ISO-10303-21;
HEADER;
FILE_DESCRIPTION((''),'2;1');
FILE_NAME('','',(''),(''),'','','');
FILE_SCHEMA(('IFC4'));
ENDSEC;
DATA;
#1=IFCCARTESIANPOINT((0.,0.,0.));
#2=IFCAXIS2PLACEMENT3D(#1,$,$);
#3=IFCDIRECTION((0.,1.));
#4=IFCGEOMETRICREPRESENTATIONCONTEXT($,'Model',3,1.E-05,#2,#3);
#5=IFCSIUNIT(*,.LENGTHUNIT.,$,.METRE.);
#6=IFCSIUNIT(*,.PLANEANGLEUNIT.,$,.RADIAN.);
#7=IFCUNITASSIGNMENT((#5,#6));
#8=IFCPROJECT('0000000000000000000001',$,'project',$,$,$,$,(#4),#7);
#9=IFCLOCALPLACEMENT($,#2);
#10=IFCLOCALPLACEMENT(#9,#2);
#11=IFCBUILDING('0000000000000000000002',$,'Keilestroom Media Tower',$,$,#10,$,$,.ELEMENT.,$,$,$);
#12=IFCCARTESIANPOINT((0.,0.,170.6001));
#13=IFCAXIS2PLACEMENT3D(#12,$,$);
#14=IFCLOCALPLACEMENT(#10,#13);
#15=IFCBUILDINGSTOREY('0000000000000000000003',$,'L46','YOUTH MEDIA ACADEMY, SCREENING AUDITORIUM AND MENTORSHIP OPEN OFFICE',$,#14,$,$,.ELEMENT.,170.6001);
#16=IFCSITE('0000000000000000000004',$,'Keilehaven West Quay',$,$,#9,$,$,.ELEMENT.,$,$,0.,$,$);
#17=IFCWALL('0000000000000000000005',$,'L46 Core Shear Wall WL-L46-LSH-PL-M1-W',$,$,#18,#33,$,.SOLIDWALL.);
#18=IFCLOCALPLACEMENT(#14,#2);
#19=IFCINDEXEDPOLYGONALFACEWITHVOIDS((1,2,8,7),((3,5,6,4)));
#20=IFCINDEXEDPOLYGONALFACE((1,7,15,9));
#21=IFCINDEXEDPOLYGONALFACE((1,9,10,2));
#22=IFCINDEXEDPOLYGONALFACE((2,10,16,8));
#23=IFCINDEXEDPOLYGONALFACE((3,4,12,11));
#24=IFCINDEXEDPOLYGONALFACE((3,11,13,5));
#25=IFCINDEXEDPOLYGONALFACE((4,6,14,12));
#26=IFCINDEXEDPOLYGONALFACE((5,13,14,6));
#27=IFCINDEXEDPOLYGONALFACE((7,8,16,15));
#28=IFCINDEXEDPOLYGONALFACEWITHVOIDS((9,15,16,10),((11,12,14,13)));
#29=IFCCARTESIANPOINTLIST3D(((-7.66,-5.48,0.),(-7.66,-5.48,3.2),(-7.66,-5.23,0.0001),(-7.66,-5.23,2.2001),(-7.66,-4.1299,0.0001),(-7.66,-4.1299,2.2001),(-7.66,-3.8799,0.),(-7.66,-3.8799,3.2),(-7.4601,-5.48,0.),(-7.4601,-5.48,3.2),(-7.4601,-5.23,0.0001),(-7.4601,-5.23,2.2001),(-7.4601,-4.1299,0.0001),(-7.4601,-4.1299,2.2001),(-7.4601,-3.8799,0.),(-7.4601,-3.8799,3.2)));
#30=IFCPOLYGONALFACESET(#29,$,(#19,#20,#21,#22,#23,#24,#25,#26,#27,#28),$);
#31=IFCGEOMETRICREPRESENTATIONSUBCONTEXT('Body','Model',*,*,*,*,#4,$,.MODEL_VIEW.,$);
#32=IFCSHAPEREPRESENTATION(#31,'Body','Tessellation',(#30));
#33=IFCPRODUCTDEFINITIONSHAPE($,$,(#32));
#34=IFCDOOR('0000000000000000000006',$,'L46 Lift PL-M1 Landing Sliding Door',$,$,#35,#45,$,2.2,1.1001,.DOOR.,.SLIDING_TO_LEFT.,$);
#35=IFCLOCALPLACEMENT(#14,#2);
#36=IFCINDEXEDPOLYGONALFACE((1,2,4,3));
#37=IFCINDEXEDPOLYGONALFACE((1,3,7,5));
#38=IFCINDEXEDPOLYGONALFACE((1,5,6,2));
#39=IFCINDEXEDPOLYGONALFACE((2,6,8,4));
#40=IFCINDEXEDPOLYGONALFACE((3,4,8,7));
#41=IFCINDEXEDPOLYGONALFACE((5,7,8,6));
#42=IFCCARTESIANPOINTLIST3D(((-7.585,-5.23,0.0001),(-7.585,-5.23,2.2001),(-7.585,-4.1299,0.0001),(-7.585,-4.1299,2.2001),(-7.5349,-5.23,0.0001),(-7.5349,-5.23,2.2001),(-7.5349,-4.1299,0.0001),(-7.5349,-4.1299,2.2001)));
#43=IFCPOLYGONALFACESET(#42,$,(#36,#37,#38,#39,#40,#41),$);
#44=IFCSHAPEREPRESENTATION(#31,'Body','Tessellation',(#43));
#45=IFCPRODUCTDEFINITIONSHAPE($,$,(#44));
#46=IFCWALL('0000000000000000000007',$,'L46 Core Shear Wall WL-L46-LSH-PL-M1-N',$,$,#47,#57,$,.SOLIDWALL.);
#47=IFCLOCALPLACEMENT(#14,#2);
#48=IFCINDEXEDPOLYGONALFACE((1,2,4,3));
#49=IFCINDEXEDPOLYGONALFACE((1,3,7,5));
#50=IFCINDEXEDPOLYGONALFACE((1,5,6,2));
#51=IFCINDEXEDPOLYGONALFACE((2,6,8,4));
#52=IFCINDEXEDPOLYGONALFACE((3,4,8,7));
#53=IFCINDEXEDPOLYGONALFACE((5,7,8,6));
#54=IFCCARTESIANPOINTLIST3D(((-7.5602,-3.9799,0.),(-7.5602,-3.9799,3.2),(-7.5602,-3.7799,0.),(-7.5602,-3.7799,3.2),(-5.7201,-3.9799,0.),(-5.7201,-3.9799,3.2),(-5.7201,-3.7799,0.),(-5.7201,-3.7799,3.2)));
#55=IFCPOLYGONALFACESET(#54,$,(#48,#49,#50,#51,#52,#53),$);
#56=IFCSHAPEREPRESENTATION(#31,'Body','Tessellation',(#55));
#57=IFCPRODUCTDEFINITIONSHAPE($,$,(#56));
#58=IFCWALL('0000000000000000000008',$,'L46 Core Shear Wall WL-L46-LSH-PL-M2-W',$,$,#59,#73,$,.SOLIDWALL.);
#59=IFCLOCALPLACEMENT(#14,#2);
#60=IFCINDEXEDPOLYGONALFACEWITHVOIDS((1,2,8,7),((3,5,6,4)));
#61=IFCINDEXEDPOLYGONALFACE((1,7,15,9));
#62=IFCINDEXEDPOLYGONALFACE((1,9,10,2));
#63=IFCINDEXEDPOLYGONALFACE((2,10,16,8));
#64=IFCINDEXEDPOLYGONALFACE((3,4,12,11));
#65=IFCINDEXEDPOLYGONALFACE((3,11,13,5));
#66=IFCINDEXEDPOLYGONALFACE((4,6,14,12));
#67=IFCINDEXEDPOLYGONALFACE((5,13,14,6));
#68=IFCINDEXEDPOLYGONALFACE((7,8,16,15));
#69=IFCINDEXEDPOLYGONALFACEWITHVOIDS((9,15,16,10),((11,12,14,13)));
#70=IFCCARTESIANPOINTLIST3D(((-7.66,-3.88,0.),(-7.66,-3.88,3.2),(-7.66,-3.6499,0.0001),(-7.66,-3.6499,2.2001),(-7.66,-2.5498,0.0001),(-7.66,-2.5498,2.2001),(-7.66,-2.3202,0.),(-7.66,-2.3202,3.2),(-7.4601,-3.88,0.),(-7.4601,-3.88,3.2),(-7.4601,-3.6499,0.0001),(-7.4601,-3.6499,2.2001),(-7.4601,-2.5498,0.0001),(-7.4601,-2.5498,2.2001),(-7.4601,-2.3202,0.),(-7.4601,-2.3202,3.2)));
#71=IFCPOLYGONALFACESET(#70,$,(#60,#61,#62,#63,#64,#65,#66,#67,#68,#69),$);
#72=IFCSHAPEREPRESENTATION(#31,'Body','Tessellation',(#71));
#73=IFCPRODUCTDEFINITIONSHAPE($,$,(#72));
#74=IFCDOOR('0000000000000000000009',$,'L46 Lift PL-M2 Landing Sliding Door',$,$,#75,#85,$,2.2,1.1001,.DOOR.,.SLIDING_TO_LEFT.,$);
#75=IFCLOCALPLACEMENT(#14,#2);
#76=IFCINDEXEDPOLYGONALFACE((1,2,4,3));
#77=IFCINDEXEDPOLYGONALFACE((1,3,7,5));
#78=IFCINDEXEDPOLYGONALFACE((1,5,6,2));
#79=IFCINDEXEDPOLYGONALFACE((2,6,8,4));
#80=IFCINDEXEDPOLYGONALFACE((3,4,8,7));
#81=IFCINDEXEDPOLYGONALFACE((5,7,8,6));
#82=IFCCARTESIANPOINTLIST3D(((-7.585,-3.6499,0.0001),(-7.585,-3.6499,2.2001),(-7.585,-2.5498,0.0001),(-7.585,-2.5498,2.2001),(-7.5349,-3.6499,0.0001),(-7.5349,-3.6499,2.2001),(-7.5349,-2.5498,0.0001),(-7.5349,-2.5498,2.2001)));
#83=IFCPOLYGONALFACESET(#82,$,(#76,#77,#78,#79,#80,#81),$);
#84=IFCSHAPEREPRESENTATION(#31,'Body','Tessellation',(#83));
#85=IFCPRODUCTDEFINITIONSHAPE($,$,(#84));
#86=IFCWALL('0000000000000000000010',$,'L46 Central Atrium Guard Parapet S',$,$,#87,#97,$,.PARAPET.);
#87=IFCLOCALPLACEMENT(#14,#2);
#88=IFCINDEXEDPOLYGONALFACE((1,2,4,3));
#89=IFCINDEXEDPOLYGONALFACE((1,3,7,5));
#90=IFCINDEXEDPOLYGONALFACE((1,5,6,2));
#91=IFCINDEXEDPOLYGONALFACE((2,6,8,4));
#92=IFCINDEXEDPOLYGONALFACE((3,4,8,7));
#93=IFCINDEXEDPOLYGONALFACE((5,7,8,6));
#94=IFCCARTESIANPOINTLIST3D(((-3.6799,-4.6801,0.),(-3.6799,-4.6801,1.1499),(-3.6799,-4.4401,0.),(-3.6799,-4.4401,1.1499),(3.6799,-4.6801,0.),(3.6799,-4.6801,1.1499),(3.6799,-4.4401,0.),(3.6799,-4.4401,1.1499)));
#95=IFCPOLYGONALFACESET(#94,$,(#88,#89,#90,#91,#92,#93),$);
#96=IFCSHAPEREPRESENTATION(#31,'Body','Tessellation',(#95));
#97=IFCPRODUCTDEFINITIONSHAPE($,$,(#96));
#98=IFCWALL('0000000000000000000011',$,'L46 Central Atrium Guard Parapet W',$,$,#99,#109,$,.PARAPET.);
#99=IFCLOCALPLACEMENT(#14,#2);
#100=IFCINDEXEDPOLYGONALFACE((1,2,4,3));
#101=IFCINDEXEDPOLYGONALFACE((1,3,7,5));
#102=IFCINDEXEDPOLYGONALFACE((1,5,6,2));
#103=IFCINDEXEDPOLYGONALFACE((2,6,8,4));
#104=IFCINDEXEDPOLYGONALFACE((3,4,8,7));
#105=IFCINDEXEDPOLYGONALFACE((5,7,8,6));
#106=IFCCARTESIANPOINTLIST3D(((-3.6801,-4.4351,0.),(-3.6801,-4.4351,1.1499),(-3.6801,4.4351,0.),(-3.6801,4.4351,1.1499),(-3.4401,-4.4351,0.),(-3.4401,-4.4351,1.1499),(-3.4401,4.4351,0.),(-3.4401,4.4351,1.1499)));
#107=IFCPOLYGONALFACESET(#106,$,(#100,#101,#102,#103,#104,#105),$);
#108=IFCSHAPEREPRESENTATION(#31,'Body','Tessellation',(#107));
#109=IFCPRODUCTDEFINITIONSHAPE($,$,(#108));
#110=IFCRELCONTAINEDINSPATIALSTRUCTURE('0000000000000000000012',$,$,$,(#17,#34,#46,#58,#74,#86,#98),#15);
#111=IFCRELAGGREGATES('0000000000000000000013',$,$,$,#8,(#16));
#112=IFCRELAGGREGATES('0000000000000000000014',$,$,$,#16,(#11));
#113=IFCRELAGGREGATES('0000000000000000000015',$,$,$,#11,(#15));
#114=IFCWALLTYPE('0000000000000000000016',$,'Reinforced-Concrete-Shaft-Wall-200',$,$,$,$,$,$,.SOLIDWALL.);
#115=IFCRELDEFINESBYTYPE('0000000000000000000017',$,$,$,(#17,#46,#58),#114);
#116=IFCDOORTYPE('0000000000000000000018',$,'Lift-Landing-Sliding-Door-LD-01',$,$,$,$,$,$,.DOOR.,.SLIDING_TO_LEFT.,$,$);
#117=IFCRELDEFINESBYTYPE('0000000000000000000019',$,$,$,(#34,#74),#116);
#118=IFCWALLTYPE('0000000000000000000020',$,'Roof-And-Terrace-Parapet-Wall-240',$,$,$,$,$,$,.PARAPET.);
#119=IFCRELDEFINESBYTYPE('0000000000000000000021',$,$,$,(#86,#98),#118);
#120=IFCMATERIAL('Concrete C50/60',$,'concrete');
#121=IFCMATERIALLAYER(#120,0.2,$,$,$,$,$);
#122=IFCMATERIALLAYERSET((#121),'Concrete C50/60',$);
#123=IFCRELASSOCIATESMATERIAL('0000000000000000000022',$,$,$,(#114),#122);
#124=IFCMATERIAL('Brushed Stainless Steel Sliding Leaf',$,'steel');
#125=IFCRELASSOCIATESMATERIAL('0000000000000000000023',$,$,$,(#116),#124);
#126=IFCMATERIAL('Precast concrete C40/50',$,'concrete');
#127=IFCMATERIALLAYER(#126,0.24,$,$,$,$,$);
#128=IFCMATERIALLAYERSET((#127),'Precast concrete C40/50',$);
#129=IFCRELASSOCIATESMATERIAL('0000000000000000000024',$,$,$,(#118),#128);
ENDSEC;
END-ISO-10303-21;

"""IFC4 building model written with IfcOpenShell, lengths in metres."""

from ifc_helpers import new_model, si_unit, direction, frame, frame_2d, origin, place, context, subcontext, project, spatial, rectangle, extrude, source, transform, mapped, material, layer, layer_set, type_object, element, fill, save


model = new_model("IFC4")

# Units and contexts
model_context = context("Model", 3, precision=1e-05, world=origin(), true_north=direction((0.0, 1.0)))
body_context = subcontext(model_context, "Body", "Model", "MODEL_VIEW")
ifc_project = project(units=[si_unit("LENGTHUNIT", "METRE"), si_unit("PLANEANGLEUNIT", "RADIAN")], contexts=[model_context])

# Site, building, storey
site_placement = place(None, origin())
site = spatial("IfcSite", under=ifc_project, at=site_placement, Name="Keilehaven West Quay", CompositionType="ELEMENT", RefElevation=0.0)
building_placement = place(site_placement, origin())
building = spatial("IfcBuilding", under=site, at=building_placement, Name="Keilestroom Media Tower", CompositionType="ELEMENT")
storey_placement = place(building_placement, frame((0.0, 0.0, 170.6001)))
storey = spatial("IfcBuildingStorey", under=building, at=storey_placement, Name="L46", Description="YOUTH MEDIA ACADEMY, SCREENING AUDITORIUM AND MENTORSHIP OPEN OFFICE", CompositionType="ELEMENT", Elevation=170.6001)

# Shared definitions
ifc_material_1 = material(Name="Precast concrete C40/50", Category="concrete")

# Shared definitions
ifc_material_2 = material(Name="Concrete C50/60", Category="concrete")
ifc_layer_1 = layer(ifc_material_2, 0.2)
ifc_layer_set_1 = layer_set([ifc_layer_1], Name="Concrete C50/60")
wall_type_1 = type_object("IfcWallType", Name="Reinforced-Concrete-Shaft-Wall-200", PredefinedType="SOLIDWALL", material=ifc_layer_set_1)

# Shared definitions
ifc_material_3 = material(Name="Brushed Stainless Steel Sliding Leaf", Category="steel")

# Wall, opening, door
wall_1_placement = place(storey_placement, frame((-7.5601, -5.48, 0.0), z_axis=(0.0, 0.0, 1.0), x_axis=(0.0, 1.0, 0.0)))
wall_1 = element("IfcWall", 1, at=wall_1_placement, inside=storey, type_object=wall_type_1, Name="L46 Core Shear Wall WL-L46-LSH-PL-M1-W", PredefinedType="SOLIDWALL", context=body_context, shape_type="SweptSolid", body=[
    extrude(rectangle(XDim=1.6001, YDim=0.2, at=frame_2d((0.8, 0.0))), origin(), (0.0, 0.0, 1.0), 3.2),
])
opening_1_placement = place(wall_1_placement, frame((0.25, 0.0, 0.0)))
opening_1 = element("IfcOpeningElement", 2, at=opening_1_placement, cuts=wall_1, PredefinedType="OPENING", context=body_context, shape_type="SweptSolid", body=[
    extrude(rectangle(XDim=1.1001, YDim=2.2, at=frame_2d((0.55, 1.1001))), frame((0.0, 0.1099, 0.0), z_axis=(0.0, -1.0, 0.0), x_axis=(1.0, 0.0, 0.0)), (0.0, 0.0, 1.0), 0.22),
])
door_type_1 = type_object("IfcDoorType", Name="Lift-Landing-Sliding-Door-LD-01", OperationType="SLIDING_TO_LEFT", PredefinedType="DOOR", material=ifc_material_3)
shared_shape_1 = source(origin(), body_context, "Body", "SweptSolid", [
    extrude(rectangle(XDim=1.1001, YDim=2.2, at=frame_2d((0.55, 1.1001))), frame((0.0, 0.0249, 0.0), z_axis=(0.0, -1.0, 0.0), x_axis=(1.0, 0.0, 0.0)), (0.0, 0.0, 1.0), 0.05),
])
door_1_placement = place(opening_1_placement, origin())
door_1 = element("IfcDoor", 3, at=door_1_placement, inside=storey, type_object=door_type_1, Name="L46 Lift PL-M1 Landing Sliding Door", OperationType="SLIDING_TO_LEFT", OverallHeight=2.2, OverallWidth=1.1001, PredefinedType="DOOR", context=body_context, shape_type="MappedRepresentation", body=[
    mapped(shared_shape_1, transform((0.0, 0.0, 0.0), x_axis=(1.0, 0.0, 0.0), y_axis=(0.0, 1.0, 0.0), z_axis=(0.0, 0.0, 1.0), scale=1.0)),
])
fill(opening_1, door_1)

# Wall
wall_2_placement = place(storey_placement, frame((-7.5601, -3.8799, 0.0), z_axis=(0.0, 0.0, 1.0), x_axis=(1.0, 0.0, 0.0)))
element("IfcWall", 4, at=wall_2_placement, inside=storey, type_object=wall_type_1, Name="L46 Core Shear Wall WL-L46-LSH-PL-M1-N", PredefinedType="SOLIDWALL", context=body_context, shape_type="SweptSolid", body=[
    extrude(rectangle(XDim=1.8401, YDim=0.2, at=frame_2d((0.9199, 0.0))), origin(), (0.0, 0.0, 1.0), 3.2),
])

# Wall, opening, door
wall_3_placement = place(storey_placement, frame((-7.5601, -3.8799, 0.0), z_axis=(0.0, 0.0, 1.0), x_axis=(0.0, 1.0, 0.0)))
wall_3 = element("IfcWall", 5, at=wall_3_placement, inside=storey, type_object=wall_type_1, Name="L46 Core Shear Wall WL-L46-LSH-PL-M2-W", PredefinedType="SOLIDWALL", context=body_context, shape_type="SweptSolid", body=[
    extrude(rectangle(XDim=1.5598, YDim=0.2, at=frame_2d((0.7798, 0.0))), origin(), (0.0, 0.0, 1.0), 3.2),
])
opening_2_placement = place(wall_3_placement, frame((0.23, 0.0, 0.0)))
opening_2 = element("IfcOpeningElement", 6, at=opening_2_placement, cuts=wall_3, PredefinedType="OPENING", context=body_context, shape_type="SweptSolid", body=[
    extrude(rectangle(XDim=1.1001, YDim=2.2, at=frame_2d((0.55, 1.1001))), frame((0.0, 0.1099, 0.0), z_axis=(0.0, -1.0, 0.0), x_axis=(1.0, 0.0, 0.0)), (0.0, 0.0, 1.0), 0.22),
])
door_2_placement = place(opening_2_placement, origin())
door_2 = element("IfcDoor", 7, at=door_2_placement, inside=storey, type_object=door_type_1, Name="L46 Lift PL-M2 Landing Sliding Door", OperationType="SLIDING_TO_LEFT", OverallHeight=2.2, OverallWidth=1.1001, PredefinedType="DOOR", context=body_context, shape_type="MappedRepresentation", body=[
    mapped(shared_shape_1, transform((0.0, 0.0, 0.0), x_axis=(1.0, 0.0, 0.0), y_axis=(0.0, 1.0, 0.0), z_axis=(0.0, 0.0, 1.0), scale=1.0)),
])
fill(opening_2, door_2)

# Walls
ifc_layer_2 = layer(ifc_material_1, 0.24)
ifc_layer_set_2 = layer_set([ifc_layer_2], Name="Precast concrete C40/50")
wall_type_2 = type_object("IfcWallType", Name="Roof-And-Terrace-Parapet-Wall-240", PredefinedType="PARAPET", material=ifc_layer_set_2)
wall_4_placement = place(storey_placement, frame((-3.6799, -4.5601, 0.0), z_axis=(0.0, 0.0, 1.0), x_axis=(1.0, 0.0, 0.0)))
element("IfcWall", 8, at=wall_4_placement, inside=storey, type_object=wall_type_2, Name="L46 Central Atrium Guard Parapet S", PredefinedType="PARAPET", context=body_context, shape_type="SweptSolid", body=[
    extrude(rectangle(XDim=7.3599, YDim=0.24, at=frame_2d((3.6799, 0.0))), origin(), (0.0, 0.0, 1.0), 1.1499),
])
wall_5_placement = place(storey_placement, frame((-3.5601, -4.4351, 0.0), z_axis=(0.0, 0.0, 1.0), x_axis=(0.0, 1.0, 0.0)))
element("IfcWall", 9, at=wall_5_placement, inside=storey, type_object=wall_type_2, Name="L46 Central Atrium Guard Parapet W", PredefinedType="PARAPET", context=body_context, shape_type="SweptSolid", body=[
    extrude(rectangle(XDim=8.8701, YDim=0.24, at=frame_2d((4.4351, 0.0))), origin(), (0.0, 0.0, 1.0), 1.1499),
])

save(model, "model.ifc")
